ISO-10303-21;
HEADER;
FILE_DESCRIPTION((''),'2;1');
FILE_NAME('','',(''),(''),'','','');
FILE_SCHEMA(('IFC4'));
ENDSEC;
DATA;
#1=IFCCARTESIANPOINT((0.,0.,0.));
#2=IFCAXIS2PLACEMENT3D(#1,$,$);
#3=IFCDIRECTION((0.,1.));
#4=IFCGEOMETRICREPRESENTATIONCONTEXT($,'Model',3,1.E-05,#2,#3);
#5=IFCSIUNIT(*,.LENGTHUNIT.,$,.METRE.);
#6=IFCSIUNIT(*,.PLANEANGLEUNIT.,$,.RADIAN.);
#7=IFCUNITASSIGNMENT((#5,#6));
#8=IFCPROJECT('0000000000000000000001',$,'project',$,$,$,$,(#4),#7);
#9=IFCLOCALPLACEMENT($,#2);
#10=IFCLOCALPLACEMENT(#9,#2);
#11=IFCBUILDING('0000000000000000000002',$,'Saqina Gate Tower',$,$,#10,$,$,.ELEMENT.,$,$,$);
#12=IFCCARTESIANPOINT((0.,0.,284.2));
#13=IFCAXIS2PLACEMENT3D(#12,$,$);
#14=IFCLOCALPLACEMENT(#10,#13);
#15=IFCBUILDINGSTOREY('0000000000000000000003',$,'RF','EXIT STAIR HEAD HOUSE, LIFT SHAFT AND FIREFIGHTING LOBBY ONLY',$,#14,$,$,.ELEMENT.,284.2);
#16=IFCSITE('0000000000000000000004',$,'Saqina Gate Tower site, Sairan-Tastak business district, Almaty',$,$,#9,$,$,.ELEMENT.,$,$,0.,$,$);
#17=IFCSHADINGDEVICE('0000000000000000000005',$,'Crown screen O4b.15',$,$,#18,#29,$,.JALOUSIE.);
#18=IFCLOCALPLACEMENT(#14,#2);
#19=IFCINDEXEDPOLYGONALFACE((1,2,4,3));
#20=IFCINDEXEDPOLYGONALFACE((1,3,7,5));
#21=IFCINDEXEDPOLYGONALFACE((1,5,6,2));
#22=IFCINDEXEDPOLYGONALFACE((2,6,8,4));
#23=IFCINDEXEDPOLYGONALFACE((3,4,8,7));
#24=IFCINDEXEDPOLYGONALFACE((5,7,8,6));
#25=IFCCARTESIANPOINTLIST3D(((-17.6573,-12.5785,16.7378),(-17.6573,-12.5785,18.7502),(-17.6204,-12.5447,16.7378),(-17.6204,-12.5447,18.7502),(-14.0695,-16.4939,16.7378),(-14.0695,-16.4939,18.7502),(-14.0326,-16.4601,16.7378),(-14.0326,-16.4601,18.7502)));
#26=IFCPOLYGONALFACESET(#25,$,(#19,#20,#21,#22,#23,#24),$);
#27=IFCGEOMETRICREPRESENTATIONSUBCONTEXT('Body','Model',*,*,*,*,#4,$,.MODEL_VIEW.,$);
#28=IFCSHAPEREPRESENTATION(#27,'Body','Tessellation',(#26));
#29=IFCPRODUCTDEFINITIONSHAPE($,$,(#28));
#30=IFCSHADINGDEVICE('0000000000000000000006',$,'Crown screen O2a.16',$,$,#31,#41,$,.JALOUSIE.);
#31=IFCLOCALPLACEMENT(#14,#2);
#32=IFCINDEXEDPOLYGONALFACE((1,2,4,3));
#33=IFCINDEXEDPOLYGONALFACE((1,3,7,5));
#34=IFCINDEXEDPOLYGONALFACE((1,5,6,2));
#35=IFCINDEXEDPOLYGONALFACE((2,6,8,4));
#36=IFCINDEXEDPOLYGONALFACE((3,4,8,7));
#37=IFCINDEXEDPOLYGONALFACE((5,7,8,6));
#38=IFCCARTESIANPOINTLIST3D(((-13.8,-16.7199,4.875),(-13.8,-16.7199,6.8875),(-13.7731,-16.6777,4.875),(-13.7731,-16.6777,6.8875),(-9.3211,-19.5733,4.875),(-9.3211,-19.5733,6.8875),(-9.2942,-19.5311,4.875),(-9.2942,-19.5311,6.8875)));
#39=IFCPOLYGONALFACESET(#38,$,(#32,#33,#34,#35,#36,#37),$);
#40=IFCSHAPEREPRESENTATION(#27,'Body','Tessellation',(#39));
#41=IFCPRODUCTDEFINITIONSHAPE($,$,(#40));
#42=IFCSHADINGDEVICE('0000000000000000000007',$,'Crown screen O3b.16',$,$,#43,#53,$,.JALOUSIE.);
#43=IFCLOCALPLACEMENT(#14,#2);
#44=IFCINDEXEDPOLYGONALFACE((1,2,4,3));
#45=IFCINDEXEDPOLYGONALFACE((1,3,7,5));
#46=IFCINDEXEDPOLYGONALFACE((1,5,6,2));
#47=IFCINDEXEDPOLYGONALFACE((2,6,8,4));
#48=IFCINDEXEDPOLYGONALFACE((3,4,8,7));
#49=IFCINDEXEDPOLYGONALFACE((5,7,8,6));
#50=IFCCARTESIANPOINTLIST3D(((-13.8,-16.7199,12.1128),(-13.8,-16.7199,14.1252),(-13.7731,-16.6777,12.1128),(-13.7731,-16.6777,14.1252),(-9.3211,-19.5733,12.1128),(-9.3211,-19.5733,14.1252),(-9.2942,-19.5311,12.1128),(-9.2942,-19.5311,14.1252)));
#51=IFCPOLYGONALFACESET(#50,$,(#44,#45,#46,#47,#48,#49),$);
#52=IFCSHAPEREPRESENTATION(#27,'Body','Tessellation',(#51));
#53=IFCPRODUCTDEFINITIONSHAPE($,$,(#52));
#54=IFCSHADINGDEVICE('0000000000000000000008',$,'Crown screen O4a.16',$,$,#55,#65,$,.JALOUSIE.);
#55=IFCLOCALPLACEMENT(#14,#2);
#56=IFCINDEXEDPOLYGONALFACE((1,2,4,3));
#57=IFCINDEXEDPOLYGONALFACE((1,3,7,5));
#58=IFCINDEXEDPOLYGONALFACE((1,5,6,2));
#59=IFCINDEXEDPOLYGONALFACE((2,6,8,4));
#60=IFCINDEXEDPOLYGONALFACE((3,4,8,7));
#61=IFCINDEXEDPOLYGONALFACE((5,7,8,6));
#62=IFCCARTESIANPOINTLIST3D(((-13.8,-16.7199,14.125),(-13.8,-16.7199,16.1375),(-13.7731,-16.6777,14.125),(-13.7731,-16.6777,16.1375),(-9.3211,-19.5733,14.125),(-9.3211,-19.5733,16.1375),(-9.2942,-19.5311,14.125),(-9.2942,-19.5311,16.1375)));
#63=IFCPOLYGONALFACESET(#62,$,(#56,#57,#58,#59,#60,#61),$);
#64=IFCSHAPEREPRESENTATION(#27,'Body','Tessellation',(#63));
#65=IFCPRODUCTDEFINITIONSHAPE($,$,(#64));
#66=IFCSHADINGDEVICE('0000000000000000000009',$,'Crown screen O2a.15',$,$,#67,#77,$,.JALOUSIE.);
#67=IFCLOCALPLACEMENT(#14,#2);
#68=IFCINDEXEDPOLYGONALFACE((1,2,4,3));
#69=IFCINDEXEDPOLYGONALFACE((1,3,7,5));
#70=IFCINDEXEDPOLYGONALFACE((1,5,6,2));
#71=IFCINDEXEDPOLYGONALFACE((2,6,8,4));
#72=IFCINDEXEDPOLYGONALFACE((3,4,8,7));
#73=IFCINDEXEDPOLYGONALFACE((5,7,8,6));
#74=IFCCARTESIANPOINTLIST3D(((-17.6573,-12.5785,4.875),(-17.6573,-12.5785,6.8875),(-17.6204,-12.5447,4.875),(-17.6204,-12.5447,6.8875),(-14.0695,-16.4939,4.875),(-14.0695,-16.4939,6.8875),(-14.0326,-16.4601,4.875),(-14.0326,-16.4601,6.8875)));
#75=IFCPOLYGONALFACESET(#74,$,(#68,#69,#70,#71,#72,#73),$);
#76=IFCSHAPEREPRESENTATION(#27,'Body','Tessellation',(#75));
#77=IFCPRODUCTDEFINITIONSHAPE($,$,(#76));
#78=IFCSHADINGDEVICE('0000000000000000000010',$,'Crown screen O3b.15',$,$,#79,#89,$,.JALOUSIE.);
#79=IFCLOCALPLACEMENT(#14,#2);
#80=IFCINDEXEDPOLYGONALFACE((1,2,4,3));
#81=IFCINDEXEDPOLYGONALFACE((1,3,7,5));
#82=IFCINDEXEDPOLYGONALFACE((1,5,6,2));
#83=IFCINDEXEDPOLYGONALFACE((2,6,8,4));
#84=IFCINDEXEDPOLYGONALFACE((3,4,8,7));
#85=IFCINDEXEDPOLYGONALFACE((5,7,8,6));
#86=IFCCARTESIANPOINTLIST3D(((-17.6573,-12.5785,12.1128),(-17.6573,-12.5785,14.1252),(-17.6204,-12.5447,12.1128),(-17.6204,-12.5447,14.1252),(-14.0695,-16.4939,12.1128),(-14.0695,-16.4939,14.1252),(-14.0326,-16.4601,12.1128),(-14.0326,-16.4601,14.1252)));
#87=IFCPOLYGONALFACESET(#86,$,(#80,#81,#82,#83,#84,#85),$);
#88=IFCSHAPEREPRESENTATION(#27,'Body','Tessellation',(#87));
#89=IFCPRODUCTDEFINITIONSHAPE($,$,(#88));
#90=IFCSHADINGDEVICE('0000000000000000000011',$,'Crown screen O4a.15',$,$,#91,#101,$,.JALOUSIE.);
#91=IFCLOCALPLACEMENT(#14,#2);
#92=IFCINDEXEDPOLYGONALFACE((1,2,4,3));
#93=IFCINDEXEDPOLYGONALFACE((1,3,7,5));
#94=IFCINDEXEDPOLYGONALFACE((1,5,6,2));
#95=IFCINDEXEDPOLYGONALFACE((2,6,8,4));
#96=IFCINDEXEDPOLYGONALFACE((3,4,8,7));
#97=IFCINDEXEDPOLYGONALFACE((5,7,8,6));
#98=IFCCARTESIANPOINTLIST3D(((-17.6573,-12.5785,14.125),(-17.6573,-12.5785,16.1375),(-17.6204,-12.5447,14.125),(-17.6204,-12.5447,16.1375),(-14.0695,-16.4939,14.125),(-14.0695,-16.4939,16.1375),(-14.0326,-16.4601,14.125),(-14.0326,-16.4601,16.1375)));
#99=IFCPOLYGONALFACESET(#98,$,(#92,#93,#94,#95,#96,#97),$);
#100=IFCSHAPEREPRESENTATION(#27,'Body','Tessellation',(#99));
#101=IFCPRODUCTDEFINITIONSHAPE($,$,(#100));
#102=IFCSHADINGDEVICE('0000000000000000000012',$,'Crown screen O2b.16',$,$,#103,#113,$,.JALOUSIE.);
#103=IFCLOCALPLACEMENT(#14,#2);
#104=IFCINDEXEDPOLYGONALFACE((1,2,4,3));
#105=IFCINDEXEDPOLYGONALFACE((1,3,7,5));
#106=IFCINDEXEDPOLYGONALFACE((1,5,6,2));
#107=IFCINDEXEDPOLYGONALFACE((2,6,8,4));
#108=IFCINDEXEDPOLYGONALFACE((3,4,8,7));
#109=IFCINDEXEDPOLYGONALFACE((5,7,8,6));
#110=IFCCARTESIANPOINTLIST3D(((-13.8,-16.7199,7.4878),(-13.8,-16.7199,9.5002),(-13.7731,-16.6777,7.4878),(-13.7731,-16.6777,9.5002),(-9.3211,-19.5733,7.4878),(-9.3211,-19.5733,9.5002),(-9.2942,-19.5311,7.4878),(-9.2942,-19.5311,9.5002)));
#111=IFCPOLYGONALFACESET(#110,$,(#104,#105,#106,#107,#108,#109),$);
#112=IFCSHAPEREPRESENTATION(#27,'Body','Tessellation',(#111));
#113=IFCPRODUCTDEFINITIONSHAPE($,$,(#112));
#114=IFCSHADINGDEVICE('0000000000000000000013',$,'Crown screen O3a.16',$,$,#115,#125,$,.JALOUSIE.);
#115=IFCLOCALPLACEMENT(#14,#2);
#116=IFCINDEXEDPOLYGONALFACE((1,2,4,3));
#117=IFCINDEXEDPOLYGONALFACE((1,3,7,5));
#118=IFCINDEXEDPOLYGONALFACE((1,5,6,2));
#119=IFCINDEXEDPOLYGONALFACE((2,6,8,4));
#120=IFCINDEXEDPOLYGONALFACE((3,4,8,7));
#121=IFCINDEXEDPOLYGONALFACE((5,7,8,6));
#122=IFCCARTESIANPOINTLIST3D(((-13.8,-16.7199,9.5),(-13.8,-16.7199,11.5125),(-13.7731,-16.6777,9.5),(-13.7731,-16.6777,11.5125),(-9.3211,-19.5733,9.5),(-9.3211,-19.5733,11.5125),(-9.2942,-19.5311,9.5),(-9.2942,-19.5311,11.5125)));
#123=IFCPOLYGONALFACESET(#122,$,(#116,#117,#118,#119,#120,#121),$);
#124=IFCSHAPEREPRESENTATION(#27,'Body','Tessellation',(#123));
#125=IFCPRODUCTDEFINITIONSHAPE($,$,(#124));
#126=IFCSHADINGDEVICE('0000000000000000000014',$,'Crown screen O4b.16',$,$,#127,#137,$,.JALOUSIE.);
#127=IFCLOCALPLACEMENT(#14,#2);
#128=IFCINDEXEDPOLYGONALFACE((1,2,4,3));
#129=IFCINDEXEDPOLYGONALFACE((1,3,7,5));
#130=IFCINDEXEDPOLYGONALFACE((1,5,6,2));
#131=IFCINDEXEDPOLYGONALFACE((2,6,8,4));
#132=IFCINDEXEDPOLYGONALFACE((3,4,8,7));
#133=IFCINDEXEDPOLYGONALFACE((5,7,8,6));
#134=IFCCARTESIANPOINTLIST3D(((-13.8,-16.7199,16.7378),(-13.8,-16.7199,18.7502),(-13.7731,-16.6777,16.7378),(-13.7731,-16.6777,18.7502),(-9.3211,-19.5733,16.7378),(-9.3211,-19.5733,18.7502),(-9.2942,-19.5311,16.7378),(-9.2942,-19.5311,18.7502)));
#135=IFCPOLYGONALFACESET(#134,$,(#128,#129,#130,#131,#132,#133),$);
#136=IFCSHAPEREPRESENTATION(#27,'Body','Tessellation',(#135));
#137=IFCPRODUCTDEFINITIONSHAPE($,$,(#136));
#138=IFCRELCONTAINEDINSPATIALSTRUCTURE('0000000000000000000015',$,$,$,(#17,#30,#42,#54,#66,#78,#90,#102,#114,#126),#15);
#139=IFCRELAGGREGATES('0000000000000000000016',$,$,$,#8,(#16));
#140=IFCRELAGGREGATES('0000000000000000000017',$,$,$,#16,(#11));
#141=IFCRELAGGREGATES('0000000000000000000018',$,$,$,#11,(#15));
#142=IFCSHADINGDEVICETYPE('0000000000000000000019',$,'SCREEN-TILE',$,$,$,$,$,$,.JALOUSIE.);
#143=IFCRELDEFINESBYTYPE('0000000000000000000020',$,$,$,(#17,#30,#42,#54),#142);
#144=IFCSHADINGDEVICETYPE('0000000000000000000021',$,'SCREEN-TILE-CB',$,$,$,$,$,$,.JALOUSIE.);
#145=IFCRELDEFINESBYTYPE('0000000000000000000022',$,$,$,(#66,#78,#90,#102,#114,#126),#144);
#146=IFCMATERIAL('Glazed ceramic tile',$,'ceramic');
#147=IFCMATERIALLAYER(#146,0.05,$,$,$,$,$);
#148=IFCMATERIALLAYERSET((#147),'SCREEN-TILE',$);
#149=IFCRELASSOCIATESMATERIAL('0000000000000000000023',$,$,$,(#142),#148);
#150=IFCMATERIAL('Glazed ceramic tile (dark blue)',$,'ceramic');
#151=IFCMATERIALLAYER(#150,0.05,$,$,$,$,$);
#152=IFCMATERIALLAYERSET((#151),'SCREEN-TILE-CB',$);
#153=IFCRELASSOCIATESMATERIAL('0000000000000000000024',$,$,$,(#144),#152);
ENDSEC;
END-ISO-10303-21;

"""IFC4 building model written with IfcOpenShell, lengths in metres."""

from ifc_helpers import new_model, si_unit, direction, frame, origin, origin_2d, place, context, subcontext, project, spatial, rectangle, extrude, material, layer, layer_set, type_object, element, save


model = new_model("IFC4")

# Units and contexts
model_context = context("Model", 3, precision=1e-05, world=origin(), true_north=direction((0.0, 1.0)))
body_context = subcontext(model_context, "Body", "Model", "MODEL_VIEW")
ifc_project = project(units=[si_unit("LENGTHUNIT", "METRE"), si_unit("PLANEANGLEUNIT", "RADIAN")], contexts=[model_context])

# Site, building, storey
site_placement = place(None, origin())
site = spatial("IfcSite", under=ifc_project, at=site_placement, Name="Saqina Gate Tower site, Sairan-Tastak business district, Almaty", CompositionType="ELEMENT", RefElevation=0.0)
building_placement = place(site_placement, origin())
building = spatial("IfcBuilding", under=site, at=building_placement, Name="Saqina Gate Tower", CompositionType="ELEMENT")
storey_placement = place(building_placement, frame((0.0, 0.0, 284.2)))
storey = spatial("IfcBuildingStorey", under=building, at=storey_placement, Name="RF", Description="EXIT STAIR HEAD HOUSE, LIFT SHAFT AND FIREFIGHTING LOBBY ONLY", CompositionType="ELEMENT", Elevation=284.2)

# Shading devices
ifc_material_1 = material(Name="Glazed ceramic tile", Category="ceramic")
ifc_layer_1 = layer(ifc_material_1, 0.05)
ifc_layer_set_1 = layer_set([ifc_layer_1], Name="SCREEN-TILE")
shading_device_type_1 = type_object("IfcShadingDeviceType", Name="SCREEN-TILE", PredefinedType="JALOUSIE", material=ifc_layer_set_1)
for number, where, z_axis, x_axis, name in (
    (1, (-15.845, -14.5193, 16.7378), (0.0, 0.0, 1.0), (0.67559, -0.737277, 0.0), "Crown screen O4b.15"),
    (2, (-11.5471, -18.1255, 4.875), (0.0, 0.0, 1.0), (0.843391, -0.5373, 0.0), "Crown screen O2a.16"),
    (3, (-11.5471, -18.1255, 12.1128), (0.0, 0.0, 1.0), (0.843391, -0.5373, 0.0), "Crown screen O3b.16"),
    (4, (-11.5471, -18.1255, 14.125), (0.0, 0.0, 1.0), (0.843391, -0.5373, 0.0), "Crown screen O4a.16"),
):
    element("IfcShadingDevice", number, at=place(storey_placement, frame(where, z_axis=z_axis, x_axis=x_axis)), inside=storey, type_object=shading_device_type_1, Name=name, PredefinedType="JALOUSIE", context=body_context, shape_type="SweptSolid", body=[
        extrude(rectangle(XDim=5.3105, YDim=0.05, at=origin_2d()), origin(), (0.0, 0.0, 1.0), 2.0125),
    ])
ifc_material_2 = material(Name="Glazed ceramic tile (dark blue)", Category="ceramic")
ifc_layer_2 = layer(ifc_material_2, 0.05)
ifc_layer_set_2 = layer_set([ifc_layer_2], Name="SCREEN-TILE-CB")
shading_device_type_2 = type_object("IfcShadingDeviceType", Name="SCREEN-TILE-CB", PredefinedType="JALOUSIE", material=ifc_layer_set_2)
for number, where, z_axis, x_axis, name in (
    (5, (-15.845, -14.5193, 4.875), (0.0, 0.0, 1.0), (0.67559, -0.737277, 0.0), "Crown screen O2a.15"),
    (6, (-15.845, -14.5193, 12.1128), (0.0, 0.0, 1.0), (0.67559, -0.737277, 0.0), "Crown screen O3b.15"),
    (7, (-15.845, -14.5193, 14.125), (0.0, 0.0, 1.0), (0.67559, -0.737277, 0.0), "Crown screen O4a.15"),
    (8, (-11.5471, -18.1255, 7.4878), (0.0, 0.0, 1.0), (0.843391, -0.5373, 0.0), "Crown screen O2b.16"),
    (9, (-11.5471, -18.1255, 9.5), (0.0, 0.0, 1.0), (0.843391, -0.5373, 0.0), "Crown screen O3a.16"),
    (10, (-11.5471, -18.1255, 16.7378), (0.0, 0.0, 1.0), (0.843391, -0.5373, 0.0), "Crown screen O4b.16"),
):
    element("IfcShadingDevice", number, at=place(storey_placement, frame(where, z_axis=z_axis, x_axis=x_axis)), inside=storey, type_object=shading_device_type_2, Name=name, PredefinedType="JALOUSIE", context=body_context, shape_type="SweptSolid", body=[
        extrude(rectangle(XDim=5.3105, YDim=0.05, at=origin_2d()), origin(), (0.0, 0.0, 1.0), 2.0125),
    ])

save(model, "model.ifc")
